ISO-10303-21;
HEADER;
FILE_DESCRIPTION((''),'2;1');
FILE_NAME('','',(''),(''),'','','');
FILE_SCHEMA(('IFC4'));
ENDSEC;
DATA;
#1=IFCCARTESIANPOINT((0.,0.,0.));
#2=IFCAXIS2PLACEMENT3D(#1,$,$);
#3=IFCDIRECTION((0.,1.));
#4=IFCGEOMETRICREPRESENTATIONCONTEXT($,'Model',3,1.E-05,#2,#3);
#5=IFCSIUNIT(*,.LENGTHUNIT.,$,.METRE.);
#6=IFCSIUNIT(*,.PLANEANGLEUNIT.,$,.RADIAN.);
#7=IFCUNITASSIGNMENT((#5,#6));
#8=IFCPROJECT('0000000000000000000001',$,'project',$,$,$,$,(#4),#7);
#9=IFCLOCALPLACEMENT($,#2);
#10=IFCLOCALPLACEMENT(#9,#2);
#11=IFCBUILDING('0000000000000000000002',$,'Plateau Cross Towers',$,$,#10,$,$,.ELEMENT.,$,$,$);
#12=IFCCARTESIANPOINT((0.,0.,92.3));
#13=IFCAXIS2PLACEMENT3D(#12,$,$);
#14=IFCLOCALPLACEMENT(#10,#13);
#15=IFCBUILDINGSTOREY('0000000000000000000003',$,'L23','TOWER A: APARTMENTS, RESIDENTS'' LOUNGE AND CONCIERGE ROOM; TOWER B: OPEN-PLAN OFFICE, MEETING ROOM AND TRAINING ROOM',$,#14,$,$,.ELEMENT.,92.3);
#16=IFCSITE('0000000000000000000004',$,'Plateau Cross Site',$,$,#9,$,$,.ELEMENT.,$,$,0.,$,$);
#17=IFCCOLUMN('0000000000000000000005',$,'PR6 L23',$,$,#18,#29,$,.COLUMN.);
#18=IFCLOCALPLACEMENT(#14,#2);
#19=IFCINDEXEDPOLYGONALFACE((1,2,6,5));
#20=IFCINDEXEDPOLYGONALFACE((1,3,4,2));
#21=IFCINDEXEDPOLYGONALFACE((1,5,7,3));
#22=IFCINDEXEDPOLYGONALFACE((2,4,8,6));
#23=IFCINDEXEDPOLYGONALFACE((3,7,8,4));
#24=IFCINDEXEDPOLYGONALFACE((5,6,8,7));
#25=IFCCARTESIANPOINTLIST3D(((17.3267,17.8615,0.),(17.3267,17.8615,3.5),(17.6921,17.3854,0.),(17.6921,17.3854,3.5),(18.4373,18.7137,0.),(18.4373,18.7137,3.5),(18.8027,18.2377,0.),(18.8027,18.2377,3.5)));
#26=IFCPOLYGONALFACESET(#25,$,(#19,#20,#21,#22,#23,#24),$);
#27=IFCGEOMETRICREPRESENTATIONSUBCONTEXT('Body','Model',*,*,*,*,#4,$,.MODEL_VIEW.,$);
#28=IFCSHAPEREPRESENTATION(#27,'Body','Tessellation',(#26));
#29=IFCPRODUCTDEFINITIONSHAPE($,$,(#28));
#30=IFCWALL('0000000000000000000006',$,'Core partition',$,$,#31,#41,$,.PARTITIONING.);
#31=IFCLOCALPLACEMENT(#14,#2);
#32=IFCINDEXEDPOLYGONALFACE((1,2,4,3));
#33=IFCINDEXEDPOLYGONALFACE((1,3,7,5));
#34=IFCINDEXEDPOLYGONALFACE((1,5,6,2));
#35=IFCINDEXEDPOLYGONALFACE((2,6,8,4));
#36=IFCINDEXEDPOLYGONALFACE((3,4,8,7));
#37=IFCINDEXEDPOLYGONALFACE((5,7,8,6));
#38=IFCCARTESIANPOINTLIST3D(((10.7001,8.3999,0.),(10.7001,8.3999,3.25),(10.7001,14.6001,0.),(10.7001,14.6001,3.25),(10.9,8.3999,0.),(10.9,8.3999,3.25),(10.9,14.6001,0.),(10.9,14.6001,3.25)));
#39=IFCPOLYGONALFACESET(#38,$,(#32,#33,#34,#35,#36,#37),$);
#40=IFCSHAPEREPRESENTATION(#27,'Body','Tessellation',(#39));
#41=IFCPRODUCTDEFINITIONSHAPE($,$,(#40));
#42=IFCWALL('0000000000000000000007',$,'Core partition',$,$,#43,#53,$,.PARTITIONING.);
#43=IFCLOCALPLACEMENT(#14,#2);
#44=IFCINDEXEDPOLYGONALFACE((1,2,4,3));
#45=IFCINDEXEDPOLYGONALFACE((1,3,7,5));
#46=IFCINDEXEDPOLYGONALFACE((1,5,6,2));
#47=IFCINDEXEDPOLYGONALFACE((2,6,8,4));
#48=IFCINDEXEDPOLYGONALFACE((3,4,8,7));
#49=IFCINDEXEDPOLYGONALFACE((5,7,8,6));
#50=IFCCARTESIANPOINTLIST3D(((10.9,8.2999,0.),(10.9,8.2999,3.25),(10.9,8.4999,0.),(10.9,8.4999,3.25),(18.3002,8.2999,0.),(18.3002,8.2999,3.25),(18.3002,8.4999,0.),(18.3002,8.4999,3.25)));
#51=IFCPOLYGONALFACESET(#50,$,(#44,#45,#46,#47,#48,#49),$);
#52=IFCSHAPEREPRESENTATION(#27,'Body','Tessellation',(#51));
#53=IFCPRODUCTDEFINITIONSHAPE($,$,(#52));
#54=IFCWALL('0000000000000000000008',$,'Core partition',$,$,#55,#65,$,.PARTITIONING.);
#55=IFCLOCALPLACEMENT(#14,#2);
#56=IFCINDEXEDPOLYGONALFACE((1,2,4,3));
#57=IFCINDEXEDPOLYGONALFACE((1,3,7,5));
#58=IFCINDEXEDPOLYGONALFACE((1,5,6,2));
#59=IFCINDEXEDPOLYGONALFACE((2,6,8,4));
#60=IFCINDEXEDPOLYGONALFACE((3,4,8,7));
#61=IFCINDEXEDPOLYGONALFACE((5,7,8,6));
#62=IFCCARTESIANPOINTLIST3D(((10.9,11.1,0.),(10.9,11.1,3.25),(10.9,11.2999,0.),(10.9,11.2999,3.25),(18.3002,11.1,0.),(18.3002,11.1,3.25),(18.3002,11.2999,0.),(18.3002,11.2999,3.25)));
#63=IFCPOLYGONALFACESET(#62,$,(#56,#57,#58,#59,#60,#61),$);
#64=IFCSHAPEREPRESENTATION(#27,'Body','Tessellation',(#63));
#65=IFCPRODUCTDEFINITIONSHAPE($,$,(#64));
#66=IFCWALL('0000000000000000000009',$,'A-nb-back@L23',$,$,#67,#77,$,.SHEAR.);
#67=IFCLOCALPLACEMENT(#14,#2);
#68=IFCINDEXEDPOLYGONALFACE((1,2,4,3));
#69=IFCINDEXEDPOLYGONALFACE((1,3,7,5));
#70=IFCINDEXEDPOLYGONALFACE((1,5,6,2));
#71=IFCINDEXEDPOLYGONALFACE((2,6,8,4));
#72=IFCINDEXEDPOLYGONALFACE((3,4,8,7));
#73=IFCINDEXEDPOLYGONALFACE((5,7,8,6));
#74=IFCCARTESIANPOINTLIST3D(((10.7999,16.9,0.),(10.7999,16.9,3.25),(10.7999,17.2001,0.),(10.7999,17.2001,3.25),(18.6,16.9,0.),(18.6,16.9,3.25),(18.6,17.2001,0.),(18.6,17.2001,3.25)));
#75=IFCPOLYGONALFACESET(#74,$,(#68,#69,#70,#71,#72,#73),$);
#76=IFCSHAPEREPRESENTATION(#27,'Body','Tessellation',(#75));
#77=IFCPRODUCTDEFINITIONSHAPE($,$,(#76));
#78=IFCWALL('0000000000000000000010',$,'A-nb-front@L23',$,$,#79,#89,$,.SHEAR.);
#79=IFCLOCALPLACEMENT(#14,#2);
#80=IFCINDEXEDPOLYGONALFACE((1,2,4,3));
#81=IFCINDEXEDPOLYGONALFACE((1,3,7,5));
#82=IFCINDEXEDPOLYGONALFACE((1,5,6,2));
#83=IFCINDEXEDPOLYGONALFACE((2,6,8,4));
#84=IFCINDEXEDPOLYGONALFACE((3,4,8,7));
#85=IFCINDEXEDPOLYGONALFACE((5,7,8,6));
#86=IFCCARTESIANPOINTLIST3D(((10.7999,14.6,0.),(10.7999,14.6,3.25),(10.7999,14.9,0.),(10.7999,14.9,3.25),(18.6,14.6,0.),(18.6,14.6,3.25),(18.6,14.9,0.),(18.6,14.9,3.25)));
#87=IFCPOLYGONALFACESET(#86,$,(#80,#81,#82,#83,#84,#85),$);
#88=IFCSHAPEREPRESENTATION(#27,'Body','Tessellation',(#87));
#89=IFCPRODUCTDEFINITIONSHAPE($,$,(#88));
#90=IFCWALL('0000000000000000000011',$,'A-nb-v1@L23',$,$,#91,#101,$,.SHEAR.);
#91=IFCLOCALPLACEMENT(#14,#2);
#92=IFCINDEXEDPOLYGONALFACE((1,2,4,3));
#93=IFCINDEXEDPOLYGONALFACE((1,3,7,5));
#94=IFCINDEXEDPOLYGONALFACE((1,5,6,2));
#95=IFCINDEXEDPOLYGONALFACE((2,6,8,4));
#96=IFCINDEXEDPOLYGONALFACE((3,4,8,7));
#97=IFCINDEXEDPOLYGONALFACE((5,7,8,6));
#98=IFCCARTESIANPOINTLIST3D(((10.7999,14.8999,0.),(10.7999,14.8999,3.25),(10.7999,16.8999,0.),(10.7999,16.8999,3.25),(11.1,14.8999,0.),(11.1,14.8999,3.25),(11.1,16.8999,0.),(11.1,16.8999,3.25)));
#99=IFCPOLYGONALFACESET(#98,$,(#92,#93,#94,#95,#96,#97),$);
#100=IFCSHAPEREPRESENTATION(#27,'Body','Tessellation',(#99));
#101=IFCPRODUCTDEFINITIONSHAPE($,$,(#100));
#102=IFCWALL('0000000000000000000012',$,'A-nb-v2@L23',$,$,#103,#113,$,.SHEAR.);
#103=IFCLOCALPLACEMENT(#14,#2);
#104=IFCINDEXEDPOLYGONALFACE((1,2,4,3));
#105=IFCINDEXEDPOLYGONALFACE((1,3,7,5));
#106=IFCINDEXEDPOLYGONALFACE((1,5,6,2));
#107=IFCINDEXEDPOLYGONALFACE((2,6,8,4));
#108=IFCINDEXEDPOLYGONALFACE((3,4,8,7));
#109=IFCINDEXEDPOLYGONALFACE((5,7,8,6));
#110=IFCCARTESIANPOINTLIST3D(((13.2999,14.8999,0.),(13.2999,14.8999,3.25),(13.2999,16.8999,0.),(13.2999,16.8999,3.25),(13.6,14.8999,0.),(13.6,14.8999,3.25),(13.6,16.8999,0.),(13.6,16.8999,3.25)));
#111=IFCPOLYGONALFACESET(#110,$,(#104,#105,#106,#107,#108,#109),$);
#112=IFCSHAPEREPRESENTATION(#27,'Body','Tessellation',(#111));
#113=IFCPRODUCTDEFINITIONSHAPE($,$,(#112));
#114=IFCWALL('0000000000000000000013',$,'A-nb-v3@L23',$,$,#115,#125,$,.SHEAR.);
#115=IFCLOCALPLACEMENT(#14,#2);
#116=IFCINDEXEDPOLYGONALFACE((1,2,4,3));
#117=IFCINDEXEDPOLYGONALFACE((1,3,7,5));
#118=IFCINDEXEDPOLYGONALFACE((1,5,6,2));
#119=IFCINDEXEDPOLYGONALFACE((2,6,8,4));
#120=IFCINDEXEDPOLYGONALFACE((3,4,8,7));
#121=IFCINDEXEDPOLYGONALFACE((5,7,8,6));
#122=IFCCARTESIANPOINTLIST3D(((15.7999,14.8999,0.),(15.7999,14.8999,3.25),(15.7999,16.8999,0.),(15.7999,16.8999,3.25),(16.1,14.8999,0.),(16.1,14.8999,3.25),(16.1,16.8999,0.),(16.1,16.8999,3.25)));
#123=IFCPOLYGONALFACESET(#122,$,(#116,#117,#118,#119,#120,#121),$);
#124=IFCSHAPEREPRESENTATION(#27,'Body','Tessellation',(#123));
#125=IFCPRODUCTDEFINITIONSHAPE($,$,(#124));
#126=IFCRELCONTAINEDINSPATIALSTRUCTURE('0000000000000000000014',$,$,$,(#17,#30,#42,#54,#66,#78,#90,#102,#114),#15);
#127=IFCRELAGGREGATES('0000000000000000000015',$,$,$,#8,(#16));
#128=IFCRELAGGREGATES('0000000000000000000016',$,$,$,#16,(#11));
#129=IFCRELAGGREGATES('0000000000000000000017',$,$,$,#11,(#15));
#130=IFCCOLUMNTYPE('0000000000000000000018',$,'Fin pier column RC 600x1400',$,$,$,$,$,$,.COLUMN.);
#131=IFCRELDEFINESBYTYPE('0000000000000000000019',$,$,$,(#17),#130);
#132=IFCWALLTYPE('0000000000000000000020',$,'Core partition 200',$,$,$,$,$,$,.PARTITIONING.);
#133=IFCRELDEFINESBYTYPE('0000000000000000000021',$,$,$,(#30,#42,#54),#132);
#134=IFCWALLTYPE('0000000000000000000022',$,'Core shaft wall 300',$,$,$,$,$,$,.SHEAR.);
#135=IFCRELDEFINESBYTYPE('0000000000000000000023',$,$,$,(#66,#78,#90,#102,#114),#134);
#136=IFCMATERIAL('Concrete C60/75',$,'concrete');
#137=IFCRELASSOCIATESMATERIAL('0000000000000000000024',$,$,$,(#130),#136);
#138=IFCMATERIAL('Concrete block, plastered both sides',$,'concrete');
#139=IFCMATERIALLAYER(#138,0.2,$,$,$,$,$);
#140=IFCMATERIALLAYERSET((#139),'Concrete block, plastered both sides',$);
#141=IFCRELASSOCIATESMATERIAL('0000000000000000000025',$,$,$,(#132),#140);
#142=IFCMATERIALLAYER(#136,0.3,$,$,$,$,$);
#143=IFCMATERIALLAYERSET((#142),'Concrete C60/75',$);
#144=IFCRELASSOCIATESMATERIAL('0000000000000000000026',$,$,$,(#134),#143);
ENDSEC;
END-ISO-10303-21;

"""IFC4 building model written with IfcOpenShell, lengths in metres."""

from ifc_helpers import new_model, si_unit, direction, frame, frame_2d, origin, origin_2d, place, context, subcontext, project, spatial, rectangle, extrude, material, layer, layer_set, material_profile, profile_set, type_object, element, save


model = new_model("IFC4")

# Units and contexts
model_context = context("Model", 3, precision=1e-05, world=origin(), true_north=direction((0.0, 1.0)))
body_context = subcontext(model_context, "Body", "Model", "MODEL_VIEW")
ifc_project = project(units=[si_unit("LENGTHUNIT", "METRE"), si_unit("PLANEANGLEUNIT", "RADIAN")], contexts=[model_context])

# Site, building, storey
site_placement = place(None, origin())
site = spatial("IfcSite", under=ifc_project, at=site_placement, Name="Plateau Cross Site", CompositionType="ELEMENT", RefElevation=0.0)
building_placement = place(site_placement, origin())
building = spatial("IfcBuilding", under=site, at=building_placement, Name="Plateau Cross Towers", CompositionType="ELEMENT")
storey_placement = place(building_placement, frame((0.0, 0.0, 92.3)))
storey = spatial("IfcBuildingStorey", under=building, at=storey_placement, Name="L23", Description="TOWER A: APARTMENTS, RESIDENTS' LOUNGE AND CONCIERGE ROOM; TOWER B: OPEN-PLAN OFFICE, MEETING ROOM AND TRAINING ROOM", CompositionType="ELEMENT", Elevation=92.3)

# Column
ifc_material_1 = material(Name="Concrete C60/75", Category="concrete")
ifc_material_profile = material_profile(ifc_material_1, rectangle(XDim=0.6001, YDim=1.3999, at=origin_2d()), Name="RC 600x1400")
ifc_profile_set = profile_set([ifc_material_profile], Name="Concrete C60/75")
column_type = type_object("IfcColumnType", Name="Fin pier column RC 600x1400", PredefinedType="COLUMN", material=ifc_profile_set)
column_placement = place(storey_placement, frame((18.0647, 18.0496, 0.0), z_axis=(0.0, 0.0, 1.0), x_axis=(-0.608811, 0.793315, 0.0)))
element("IfcColumn", 1, at=column_placement, inside=storey, type_object=column_type, Name="PR6 L23", PredefinedType="COLUMN", context=body_context, shape_type="SweptSolid", body=[
    extrude(rectangle(XDim=0.6001, YDim=1.3999, at=origin_2d()), origin(), (0.0, 0.0, 1.0), 3.5),
])

# Walls
ifc_material_2 = material(Name="Concrete block, plastered both sides", Category="concrete")
ifc_layer_1 = layer(ifc_material_2, 0.2)
ifc_layer_set_1 = layer_set([ifc_layer_1], Name="Concrete block, plastered both sides")
wall_type_1 = type_object("IfcWallType", Name="Core partition 200", PredefinedType="PARTITIONING", material=ifc_layer_set_1)
wall_1_placement = place(storey_placement, frame((10.8, 8.3999, 0.0), z_axis=(0.0, 0.0, 1.0), x_axis=(0.0, 1.0, 0.0)))
element("IfcWall", 2, at=wall_1_placement, inside=storey, type_object=wall_type_1, Name="Core partition", PredefinedType="PARTITIONING", context=body_context, shape_type="SweptSolid", body=[
    extrude(rectangle(XDim=6.2002, YDim=0.2, at=frame_2d((3.1001, 0.0))), origin(), (0.0, 0.0, 1.0), 3.25),
])
for number, where, z_axis, x_axis, name in (
    (3, (10.8999, 8.3999, 0.0), (0.0, 0.0, 1.0), (1.0, 0.0, 0.0), "Core partition"),
    (4, (10.8999, 11.2, 0.0), (0.0, 0.0, 1.0), (1.0, 0.0, 0.0), "Core partition"),
):
    element("IfcWall", number, at=place(storey_placement, frame(where, z_axis=z_axis, x_axis=x_axis)), inside=storey, type_object=wall_type_1, Name=name, PredefinedType="PARTITIONING", context=body_context, shape_type="SweptSolid", body=[
        extrude(rectangle(XDim=7.4001, YDim=0.2, at=frame_2d((3.7002, 0.0))), origin(), (0.0, 0.0, 1.0), 3.25),
    ])
ifc_layer_2 = layer(ifc_material_1, 0.3)
ifc_layer_set_2 = layer_set([ifc_layer_2], Name="Concrete C60/75")
wall_type_2 = type_object("IfcWallType", Name="Core shaft wall 300", PredefinedType="SHEAR", material=ifc_layer_set_2)
for number, where, z_axis, x_axis, name in (
    (5, (10.8, 17.05, 0.0), (0.0, 0.0, 1.0), (1.0, 0.0, 0.0), "A-nb-back@L23"),
    (6, (10.8, 14.75, 0.0), (0.0, 0.0, 1.0), (1.0, 0.0, 0.0), "A-nb-front@L23"),
):
    element("IfcWall", number, at=place(storey_placement, frame(where, z_axis=z_axis, x_axis=x_axis)), inside=storey, type_object=wall_type_2, Name=name, PredefinedType="SHEAR", context=body_context, shape_type="SweptSolid", body=[
        extrude(rectangle(XDim=7.8, YDim=0.3, at=frame_2d((3.8999, 0.0))), origin(), (0.0, 0.0, 1.0), 3.25),
    ])
for number, where, z_axis, x_axis, name in (
    (7, (10.95, 14.8999, 0.0), (0.0, 0.0, 1.0), (0.0, 1.0, 0.0), "A-nb-v1@L23"),
    (8, (13.45, 14.8999, 0.0), (0.0, 0.0, 1.0), (0.0, 1.0, 0.0), "A-nb-v2@L23"),
    (9, (15.95, 14.8999, 0.0), (0.0, 0.0, 1.0), (0.0, 1.0, 0.0), "A-nb-v3@L23"),
):
    element("IfcWall", number, at=place(storey_placement, frame(where, z_axis=z_axis, x_axis=x_axis)), inside=storey, type_object=wall_type_2, Name=name, PredefinedType="SHEAR", context=body_context, shape_type="SweptSolid", body=[
        extrude(rectangle(XDim=2.0, YDim=0.3, at=frame_2d((1.0, 0.0))), origin(), (0.0, 0.0, 1.0), 3.25),
    ])

save(model, "model.ifc")
